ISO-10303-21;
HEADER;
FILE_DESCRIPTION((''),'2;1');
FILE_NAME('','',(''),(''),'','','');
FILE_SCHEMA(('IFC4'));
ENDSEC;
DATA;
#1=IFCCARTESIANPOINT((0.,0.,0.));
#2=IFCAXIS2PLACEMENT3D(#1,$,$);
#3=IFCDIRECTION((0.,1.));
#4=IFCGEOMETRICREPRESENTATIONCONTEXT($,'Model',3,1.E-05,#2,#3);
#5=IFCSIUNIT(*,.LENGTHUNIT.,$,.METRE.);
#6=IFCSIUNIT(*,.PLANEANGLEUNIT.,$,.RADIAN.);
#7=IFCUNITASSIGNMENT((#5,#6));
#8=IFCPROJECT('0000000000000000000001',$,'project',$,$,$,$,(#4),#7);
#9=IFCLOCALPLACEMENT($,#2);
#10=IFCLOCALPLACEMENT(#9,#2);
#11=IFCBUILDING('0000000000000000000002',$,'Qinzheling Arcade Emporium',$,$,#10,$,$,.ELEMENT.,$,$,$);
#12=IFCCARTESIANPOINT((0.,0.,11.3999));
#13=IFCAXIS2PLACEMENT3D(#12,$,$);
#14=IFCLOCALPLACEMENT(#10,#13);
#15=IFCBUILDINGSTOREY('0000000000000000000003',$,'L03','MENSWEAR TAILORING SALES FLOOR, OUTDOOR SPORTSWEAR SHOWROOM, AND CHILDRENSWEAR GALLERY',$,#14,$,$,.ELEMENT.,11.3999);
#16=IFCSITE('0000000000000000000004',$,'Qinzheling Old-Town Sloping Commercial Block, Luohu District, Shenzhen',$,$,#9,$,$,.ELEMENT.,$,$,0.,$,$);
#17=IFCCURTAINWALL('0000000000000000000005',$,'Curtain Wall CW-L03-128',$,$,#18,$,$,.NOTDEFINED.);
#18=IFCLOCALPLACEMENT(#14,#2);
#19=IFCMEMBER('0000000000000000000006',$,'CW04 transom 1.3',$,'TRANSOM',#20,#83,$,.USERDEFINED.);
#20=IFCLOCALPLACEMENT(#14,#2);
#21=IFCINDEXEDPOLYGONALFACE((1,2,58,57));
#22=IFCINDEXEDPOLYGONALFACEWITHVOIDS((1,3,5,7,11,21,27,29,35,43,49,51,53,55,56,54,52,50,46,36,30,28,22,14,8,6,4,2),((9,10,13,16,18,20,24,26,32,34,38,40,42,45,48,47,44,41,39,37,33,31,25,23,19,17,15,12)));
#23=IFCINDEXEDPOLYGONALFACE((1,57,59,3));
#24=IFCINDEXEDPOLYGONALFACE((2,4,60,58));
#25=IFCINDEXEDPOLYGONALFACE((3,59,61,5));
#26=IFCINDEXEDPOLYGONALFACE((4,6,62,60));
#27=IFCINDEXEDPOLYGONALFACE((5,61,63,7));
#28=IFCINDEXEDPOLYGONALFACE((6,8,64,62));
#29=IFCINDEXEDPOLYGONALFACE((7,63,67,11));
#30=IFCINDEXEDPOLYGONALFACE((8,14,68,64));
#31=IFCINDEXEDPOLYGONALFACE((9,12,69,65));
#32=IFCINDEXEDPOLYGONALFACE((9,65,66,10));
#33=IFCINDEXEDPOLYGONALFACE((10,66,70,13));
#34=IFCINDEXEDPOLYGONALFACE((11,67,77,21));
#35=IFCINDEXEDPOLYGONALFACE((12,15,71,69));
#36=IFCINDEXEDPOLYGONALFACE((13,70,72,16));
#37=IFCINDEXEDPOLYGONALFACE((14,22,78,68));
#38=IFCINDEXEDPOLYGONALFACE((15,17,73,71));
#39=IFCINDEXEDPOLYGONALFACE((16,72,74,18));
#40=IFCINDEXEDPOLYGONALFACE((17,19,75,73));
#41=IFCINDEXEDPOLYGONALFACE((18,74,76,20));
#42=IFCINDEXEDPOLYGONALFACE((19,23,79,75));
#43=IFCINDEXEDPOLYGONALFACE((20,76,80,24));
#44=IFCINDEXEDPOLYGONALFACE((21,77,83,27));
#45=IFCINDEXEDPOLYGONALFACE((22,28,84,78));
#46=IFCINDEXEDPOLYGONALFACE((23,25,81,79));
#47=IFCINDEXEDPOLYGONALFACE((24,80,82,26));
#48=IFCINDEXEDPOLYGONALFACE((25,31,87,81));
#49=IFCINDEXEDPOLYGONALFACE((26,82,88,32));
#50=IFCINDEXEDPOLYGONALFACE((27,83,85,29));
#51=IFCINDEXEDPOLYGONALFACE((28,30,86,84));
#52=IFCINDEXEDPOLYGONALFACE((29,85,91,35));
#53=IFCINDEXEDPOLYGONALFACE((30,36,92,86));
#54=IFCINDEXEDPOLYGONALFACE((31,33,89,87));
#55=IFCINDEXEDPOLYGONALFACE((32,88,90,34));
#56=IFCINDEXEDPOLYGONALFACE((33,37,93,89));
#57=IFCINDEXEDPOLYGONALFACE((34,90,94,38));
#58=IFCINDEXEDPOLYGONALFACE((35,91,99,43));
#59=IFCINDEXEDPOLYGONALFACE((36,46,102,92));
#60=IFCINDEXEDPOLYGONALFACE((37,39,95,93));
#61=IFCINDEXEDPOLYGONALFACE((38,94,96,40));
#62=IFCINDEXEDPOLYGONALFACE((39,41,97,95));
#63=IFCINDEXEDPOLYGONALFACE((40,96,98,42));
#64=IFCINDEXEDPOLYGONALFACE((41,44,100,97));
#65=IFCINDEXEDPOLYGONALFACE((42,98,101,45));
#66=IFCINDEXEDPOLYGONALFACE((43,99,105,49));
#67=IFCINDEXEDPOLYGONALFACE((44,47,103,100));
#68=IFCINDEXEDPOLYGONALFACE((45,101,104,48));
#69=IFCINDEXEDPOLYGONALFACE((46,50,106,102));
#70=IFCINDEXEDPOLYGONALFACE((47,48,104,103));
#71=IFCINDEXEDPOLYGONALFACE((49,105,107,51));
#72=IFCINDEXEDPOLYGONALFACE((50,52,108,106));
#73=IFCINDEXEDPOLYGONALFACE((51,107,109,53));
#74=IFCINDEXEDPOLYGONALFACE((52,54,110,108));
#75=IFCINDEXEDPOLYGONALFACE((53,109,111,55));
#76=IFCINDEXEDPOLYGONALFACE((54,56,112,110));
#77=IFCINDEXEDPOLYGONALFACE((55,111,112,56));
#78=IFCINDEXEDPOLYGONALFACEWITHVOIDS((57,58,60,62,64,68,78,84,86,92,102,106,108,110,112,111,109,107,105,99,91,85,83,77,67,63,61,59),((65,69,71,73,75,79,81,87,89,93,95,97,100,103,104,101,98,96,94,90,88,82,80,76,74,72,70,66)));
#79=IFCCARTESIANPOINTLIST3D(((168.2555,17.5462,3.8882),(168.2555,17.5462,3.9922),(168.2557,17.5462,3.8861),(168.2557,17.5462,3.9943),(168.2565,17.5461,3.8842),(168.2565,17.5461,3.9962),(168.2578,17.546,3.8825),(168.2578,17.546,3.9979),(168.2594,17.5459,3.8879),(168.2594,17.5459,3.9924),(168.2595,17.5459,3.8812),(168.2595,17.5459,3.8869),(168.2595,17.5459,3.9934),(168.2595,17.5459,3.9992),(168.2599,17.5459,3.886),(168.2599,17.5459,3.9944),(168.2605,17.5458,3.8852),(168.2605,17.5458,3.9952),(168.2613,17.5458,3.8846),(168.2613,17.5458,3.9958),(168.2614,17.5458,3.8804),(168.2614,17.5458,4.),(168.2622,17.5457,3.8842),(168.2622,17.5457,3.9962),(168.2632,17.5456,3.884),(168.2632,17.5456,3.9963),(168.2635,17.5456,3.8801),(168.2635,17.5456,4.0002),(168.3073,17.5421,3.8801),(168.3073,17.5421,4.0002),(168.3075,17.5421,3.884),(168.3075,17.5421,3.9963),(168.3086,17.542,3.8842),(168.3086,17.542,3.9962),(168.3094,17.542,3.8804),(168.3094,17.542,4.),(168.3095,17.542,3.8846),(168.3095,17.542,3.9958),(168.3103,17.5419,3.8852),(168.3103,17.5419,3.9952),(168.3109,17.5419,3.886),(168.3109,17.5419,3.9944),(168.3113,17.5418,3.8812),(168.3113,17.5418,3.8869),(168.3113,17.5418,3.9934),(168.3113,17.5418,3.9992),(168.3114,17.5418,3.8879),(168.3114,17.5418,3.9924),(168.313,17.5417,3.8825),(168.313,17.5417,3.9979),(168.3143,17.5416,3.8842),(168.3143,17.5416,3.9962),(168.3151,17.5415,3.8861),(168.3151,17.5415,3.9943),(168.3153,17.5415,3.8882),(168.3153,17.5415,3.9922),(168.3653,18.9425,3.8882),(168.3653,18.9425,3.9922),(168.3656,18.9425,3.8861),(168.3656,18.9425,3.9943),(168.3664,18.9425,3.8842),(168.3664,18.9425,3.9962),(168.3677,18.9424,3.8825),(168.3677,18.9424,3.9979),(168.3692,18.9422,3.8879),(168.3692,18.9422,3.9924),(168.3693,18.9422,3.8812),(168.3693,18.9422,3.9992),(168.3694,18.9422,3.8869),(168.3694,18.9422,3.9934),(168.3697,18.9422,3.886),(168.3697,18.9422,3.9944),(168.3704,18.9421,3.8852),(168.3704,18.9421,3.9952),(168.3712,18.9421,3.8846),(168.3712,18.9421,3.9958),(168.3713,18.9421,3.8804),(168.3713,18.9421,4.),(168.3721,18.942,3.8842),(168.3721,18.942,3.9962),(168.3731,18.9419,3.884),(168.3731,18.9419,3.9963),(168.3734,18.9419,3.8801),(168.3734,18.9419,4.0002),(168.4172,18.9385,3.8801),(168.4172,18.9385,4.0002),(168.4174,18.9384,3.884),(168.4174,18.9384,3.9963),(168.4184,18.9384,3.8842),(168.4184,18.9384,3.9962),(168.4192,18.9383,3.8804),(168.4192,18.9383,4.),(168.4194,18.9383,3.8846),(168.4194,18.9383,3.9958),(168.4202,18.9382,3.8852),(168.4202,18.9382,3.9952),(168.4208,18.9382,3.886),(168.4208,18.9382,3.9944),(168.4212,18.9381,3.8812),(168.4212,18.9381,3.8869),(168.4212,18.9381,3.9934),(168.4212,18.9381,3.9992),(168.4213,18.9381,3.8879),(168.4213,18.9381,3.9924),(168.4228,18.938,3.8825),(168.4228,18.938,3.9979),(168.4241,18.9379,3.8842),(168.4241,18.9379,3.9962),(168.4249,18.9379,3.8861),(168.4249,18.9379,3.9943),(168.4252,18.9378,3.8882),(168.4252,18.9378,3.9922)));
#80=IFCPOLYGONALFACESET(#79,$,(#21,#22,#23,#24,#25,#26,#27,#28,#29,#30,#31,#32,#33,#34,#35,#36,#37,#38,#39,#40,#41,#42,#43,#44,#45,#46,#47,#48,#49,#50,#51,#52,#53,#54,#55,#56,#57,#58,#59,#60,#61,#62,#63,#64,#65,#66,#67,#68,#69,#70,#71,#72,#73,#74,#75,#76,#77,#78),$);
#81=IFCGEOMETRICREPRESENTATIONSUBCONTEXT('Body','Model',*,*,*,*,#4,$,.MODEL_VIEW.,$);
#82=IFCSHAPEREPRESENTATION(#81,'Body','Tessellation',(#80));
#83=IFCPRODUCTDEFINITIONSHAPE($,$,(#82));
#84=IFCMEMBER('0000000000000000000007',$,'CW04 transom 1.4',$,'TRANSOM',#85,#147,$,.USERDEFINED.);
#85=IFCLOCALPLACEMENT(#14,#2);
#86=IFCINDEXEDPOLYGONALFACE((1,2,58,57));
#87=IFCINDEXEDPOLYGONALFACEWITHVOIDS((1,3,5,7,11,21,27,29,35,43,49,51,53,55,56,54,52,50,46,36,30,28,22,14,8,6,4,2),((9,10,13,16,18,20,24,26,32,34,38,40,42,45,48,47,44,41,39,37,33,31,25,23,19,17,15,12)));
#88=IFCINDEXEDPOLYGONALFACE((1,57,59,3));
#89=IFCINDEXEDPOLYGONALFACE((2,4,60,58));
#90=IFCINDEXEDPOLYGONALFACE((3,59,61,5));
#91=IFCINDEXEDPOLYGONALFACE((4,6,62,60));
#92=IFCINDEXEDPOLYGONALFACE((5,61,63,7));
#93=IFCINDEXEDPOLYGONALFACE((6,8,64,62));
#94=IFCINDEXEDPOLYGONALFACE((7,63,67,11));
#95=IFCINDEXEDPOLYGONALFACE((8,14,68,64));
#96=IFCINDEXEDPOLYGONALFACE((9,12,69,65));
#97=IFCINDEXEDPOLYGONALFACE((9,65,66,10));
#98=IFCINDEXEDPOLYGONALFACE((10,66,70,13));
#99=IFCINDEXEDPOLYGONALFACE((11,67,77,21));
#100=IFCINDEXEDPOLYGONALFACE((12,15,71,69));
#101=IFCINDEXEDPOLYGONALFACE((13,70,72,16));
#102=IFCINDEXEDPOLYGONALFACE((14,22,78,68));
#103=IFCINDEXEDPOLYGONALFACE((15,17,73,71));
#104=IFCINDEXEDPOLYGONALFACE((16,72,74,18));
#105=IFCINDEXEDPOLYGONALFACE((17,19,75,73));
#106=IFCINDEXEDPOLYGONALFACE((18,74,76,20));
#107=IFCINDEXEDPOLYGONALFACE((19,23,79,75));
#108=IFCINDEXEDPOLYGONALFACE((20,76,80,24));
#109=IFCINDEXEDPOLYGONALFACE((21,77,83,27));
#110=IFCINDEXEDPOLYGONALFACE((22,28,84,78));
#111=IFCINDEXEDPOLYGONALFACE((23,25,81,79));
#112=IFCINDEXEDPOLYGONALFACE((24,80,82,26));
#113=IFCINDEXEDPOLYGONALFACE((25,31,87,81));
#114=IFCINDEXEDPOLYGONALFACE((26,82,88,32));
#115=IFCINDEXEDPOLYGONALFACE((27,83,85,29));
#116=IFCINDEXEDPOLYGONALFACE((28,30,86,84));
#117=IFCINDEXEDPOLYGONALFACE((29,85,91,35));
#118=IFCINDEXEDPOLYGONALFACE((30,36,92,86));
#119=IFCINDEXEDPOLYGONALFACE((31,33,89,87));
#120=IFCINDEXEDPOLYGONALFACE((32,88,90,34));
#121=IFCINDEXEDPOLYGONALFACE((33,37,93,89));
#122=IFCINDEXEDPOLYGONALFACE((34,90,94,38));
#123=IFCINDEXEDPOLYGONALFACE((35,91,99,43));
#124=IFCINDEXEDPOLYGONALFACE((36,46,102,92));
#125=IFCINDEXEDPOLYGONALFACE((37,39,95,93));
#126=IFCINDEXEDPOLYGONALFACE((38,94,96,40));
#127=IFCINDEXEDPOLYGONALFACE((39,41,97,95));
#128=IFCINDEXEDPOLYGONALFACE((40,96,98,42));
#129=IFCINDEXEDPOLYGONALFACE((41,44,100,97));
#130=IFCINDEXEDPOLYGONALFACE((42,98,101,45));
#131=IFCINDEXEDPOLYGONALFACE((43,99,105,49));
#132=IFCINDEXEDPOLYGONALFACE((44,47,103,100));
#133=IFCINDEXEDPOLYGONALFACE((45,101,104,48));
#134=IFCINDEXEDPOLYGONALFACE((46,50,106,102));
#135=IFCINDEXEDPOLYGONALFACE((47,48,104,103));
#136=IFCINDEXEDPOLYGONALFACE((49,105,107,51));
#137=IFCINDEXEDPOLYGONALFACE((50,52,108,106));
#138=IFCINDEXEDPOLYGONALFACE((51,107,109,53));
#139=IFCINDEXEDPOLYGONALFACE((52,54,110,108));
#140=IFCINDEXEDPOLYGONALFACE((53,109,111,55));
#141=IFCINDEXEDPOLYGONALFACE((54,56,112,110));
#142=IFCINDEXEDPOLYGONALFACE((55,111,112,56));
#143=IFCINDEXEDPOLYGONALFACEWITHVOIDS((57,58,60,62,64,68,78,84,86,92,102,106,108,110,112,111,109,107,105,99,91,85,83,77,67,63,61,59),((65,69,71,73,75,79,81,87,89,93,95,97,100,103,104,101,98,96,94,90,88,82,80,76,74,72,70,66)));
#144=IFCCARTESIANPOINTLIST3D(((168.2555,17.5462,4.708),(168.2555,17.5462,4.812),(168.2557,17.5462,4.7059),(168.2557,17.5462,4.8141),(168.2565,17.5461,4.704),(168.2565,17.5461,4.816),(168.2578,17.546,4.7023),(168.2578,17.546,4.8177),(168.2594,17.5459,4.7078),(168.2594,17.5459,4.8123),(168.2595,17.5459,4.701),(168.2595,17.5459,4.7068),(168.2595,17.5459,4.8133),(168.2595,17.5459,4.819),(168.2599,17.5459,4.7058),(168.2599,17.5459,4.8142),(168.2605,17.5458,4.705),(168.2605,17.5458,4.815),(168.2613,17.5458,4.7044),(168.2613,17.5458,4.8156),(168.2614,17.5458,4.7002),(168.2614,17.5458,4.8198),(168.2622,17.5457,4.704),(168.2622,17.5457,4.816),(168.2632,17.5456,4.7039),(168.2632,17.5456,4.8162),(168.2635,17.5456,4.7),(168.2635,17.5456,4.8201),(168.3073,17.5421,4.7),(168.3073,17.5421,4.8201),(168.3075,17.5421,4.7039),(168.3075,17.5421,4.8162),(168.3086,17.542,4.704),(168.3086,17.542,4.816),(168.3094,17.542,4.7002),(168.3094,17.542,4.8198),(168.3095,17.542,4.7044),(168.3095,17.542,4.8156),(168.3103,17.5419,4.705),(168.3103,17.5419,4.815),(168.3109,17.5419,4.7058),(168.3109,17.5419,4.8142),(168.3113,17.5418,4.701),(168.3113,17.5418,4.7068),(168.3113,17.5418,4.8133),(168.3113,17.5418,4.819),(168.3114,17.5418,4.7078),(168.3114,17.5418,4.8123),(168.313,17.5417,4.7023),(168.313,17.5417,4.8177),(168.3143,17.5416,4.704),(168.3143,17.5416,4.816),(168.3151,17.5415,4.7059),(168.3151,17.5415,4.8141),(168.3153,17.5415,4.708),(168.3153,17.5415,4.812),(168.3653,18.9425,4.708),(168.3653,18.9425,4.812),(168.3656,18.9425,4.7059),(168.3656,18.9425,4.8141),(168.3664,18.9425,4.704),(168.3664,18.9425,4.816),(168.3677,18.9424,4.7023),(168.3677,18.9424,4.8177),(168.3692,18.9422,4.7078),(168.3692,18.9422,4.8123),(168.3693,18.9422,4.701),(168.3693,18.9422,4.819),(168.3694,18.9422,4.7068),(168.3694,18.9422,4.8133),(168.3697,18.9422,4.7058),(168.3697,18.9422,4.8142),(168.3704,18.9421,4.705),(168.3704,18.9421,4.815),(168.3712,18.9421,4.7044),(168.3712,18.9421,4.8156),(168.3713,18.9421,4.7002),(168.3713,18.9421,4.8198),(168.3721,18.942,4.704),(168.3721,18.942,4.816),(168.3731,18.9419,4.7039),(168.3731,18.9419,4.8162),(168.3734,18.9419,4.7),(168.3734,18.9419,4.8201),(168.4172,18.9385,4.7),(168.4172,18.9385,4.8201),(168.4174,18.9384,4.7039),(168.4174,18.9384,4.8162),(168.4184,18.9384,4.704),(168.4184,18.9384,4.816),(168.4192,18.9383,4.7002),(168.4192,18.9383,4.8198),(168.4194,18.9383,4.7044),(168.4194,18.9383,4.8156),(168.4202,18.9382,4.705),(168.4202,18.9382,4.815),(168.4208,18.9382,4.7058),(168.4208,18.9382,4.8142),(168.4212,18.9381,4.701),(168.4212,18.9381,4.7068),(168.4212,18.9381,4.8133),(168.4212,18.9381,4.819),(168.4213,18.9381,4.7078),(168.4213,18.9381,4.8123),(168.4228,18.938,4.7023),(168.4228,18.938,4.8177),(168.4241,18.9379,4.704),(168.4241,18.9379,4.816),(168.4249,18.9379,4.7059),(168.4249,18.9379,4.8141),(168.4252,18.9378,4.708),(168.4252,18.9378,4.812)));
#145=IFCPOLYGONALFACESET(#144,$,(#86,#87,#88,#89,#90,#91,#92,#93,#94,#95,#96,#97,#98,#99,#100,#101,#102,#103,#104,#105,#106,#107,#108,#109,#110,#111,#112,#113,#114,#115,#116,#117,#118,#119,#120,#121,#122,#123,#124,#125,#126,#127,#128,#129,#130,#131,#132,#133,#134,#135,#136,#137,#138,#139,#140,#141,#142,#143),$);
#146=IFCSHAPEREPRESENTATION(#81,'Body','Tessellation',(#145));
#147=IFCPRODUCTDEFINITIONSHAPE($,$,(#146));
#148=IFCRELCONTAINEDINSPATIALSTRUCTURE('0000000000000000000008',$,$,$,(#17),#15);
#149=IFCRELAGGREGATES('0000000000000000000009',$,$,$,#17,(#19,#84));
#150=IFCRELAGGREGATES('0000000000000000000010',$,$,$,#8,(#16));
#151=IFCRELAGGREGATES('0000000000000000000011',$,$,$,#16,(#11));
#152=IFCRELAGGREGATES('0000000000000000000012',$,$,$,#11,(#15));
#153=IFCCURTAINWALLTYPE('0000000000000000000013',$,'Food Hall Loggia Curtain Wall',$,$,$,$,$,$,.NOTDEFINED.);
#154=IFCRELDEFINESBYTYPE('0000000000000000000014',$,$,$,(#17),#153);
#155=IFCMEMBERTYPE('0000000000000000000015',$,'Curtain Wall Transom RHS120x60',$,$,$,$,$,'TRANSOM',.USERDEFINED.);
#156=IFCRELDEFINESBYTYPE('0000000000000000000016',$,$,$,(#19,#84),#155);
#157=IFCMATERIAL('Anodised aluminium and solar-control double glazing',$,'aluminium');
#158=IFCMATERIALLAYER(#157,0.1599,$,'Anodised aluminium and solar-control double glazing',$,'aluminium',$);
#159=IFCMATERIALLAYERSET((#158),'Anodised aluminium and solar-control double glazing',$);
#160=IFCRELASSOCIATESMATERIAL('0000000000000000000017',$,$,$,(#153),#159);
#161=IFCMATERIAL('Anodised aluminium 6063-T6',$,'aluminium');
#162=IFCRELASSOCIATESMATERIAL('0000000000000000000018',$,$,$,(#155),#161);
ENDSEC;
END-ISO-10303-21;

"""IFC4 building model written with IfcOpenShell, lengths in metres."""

from ifc_helpers import new_model, si_unit, direction, frame, origin, origin_2d, place, context, subcontext, project, spatial, hollow_rectangle, extrude, material, layer, layer_set, material_profile, profile_set, type_object, element, aggregate, save


model = new_model("IFC4")

# Units and contexts
model_context = context("Model", 3, precision=1e-05, world=origin(), true_north=direction((0.0, 1.0)))
body_context = subcontext(model_context, "Body", "Model", "MODEL_VIEW")
ifc_project = project(units=[si_unit("LENGTHUNIT", "METRE"), si_unit("PLANEANGLEUNIT", "RADIAN")], contexts=[model_context])

# Site, building, storey
site_placement = place(None, origin())
site = spatial("IfcSite", under=ifc_project, at=site_placement, Name="Qinzheling Old-Town Sloping Commercial Block, Luohu District, Shenzhen", CompositionType="ELEMENT", RefElevation=0.0)
building_placement = place(site_placement, origin())
building = spatial("IfcBuilding", under=site, at=building_placement, Name="Qinzheling Arcade Emporium", CompositionType="ELEMENT")
storey_placement = place(building_placement, frame((0.0, 0.0, 11.3999)))
storey = spatial("IfcBuildingStorey", under=building, at=storey_placement, Name="L03", Description="MENSWEAR TAILORING SALES FLOOR, OUTDOOR SPORTSWEAR SHOWROOM, AND CHILDRENSWEAR GALLERY", CompositionType="ELEMENT", Elevation=11.3999)

# Curtain wall, members
ifc_material_1 = material(Name="Anodised aluminium and solar-control double glazing", Category="aluminium")
ifc_layer_1 = layer(ifc_material_1, 0.1599, Name="Anodised aluminium and solar-control double glazing", Category="aluminium")
ifc_layer_set_1 = layer_set([ifc_layer_1], Name="Anodised aluminium and solar-control double glazing")
curtain_wall_type = type_object("IfcCurtainWallType", Name="Food Hall Loggia Curtain Wall", PredefinedType="NOTDEFINED", material=ifc_layer_set_1)
curtain_wall_placement = place(storey_placement, origin())
curtain_wall = element("IfcCurtainWall", 1, at=curtain_wall_placement, inside=storey, type_object=curtain_wall_type, Name="Curtain Wall CW-L03-128", PredefinedType="NOTDEFINED")
ifc_material_2 = material(Name="Anodised aluminium 6063-T6", Category="aluminium")
ifc_material_profile_1 = material_profile(ifc_material_2, hollow_rectangle(XDim=0.0601, YDim=0.1201, WallThickness=0.0039, InnerFilletRadius=0.0039, OuterFilletRadius=0.0081, at=origin_2d()), Name="RHS 120x60x4", Category="aluminium")
ifc_profile_set_1 = profile_set([ifc_material_profile_1], Name="Anodised aluminium 6063-T6")
member_type_1 = type_object("IfcMemberType", Name="Curtain Wall Transom RHS120x60", ElementType="TRANSOM", PredefinedType="USERDEFINED", material=ifc_profile_set_1)
member_1_placement = place(storey_placement, frame((168.3953, 18.9402, 3.9402), z_axis=(-0.078443, -0.996919, 0.0), x_axis=(0.996919, -0.078443, 0.0)))
member_1 = element("IfcMember", 2, at=member_1_placement, type_object=member_type_1, Name="CW04 transom 1.3", ObjectType="TRANSOM", PredefinedType="USERDEFINED", context=body_context, shape_type="SweptSolid", body=[
    extrude(hollow_rectangle(XDim=0.0601, YDim=0.1201, WallThickness=0.0039, InnerFilletRadius=0.0039, OuterFilletRadius=0.0081, at=origin_2d()), origin(), (0.0, 0.0, 1.0), 1.4006),
])
member_2_placement = place(storey_placement, frame((168.3953, 18.9402, 4.76), z_axis=(-0.078443, -0.996919, 0.0), x_axis=(0.996919, -0.078443, 0.0)))
member_2 = element("IfcMember", 3, at=member_2_placement, type_object=member_type_1, Name="CW04 transom 1.4", ObjectType="TRANSOM", PredefinedType="USERDEFINED", context=body_context, shape_type="SweptSolid", body=[
    extrude(hollow_rectangle(XDim=0.0601, YDim=0.1201, WallThickness=0.0039, InnerFilletRadius=0.0039, OuterFilletRadius=0.0081, at=origin_2d()), origin(), (0.0, 0.0, 1.0), 1.4006),
])

aggregate(curtain_wall, [member_1, member_2])

save(model, "model.ifc")
